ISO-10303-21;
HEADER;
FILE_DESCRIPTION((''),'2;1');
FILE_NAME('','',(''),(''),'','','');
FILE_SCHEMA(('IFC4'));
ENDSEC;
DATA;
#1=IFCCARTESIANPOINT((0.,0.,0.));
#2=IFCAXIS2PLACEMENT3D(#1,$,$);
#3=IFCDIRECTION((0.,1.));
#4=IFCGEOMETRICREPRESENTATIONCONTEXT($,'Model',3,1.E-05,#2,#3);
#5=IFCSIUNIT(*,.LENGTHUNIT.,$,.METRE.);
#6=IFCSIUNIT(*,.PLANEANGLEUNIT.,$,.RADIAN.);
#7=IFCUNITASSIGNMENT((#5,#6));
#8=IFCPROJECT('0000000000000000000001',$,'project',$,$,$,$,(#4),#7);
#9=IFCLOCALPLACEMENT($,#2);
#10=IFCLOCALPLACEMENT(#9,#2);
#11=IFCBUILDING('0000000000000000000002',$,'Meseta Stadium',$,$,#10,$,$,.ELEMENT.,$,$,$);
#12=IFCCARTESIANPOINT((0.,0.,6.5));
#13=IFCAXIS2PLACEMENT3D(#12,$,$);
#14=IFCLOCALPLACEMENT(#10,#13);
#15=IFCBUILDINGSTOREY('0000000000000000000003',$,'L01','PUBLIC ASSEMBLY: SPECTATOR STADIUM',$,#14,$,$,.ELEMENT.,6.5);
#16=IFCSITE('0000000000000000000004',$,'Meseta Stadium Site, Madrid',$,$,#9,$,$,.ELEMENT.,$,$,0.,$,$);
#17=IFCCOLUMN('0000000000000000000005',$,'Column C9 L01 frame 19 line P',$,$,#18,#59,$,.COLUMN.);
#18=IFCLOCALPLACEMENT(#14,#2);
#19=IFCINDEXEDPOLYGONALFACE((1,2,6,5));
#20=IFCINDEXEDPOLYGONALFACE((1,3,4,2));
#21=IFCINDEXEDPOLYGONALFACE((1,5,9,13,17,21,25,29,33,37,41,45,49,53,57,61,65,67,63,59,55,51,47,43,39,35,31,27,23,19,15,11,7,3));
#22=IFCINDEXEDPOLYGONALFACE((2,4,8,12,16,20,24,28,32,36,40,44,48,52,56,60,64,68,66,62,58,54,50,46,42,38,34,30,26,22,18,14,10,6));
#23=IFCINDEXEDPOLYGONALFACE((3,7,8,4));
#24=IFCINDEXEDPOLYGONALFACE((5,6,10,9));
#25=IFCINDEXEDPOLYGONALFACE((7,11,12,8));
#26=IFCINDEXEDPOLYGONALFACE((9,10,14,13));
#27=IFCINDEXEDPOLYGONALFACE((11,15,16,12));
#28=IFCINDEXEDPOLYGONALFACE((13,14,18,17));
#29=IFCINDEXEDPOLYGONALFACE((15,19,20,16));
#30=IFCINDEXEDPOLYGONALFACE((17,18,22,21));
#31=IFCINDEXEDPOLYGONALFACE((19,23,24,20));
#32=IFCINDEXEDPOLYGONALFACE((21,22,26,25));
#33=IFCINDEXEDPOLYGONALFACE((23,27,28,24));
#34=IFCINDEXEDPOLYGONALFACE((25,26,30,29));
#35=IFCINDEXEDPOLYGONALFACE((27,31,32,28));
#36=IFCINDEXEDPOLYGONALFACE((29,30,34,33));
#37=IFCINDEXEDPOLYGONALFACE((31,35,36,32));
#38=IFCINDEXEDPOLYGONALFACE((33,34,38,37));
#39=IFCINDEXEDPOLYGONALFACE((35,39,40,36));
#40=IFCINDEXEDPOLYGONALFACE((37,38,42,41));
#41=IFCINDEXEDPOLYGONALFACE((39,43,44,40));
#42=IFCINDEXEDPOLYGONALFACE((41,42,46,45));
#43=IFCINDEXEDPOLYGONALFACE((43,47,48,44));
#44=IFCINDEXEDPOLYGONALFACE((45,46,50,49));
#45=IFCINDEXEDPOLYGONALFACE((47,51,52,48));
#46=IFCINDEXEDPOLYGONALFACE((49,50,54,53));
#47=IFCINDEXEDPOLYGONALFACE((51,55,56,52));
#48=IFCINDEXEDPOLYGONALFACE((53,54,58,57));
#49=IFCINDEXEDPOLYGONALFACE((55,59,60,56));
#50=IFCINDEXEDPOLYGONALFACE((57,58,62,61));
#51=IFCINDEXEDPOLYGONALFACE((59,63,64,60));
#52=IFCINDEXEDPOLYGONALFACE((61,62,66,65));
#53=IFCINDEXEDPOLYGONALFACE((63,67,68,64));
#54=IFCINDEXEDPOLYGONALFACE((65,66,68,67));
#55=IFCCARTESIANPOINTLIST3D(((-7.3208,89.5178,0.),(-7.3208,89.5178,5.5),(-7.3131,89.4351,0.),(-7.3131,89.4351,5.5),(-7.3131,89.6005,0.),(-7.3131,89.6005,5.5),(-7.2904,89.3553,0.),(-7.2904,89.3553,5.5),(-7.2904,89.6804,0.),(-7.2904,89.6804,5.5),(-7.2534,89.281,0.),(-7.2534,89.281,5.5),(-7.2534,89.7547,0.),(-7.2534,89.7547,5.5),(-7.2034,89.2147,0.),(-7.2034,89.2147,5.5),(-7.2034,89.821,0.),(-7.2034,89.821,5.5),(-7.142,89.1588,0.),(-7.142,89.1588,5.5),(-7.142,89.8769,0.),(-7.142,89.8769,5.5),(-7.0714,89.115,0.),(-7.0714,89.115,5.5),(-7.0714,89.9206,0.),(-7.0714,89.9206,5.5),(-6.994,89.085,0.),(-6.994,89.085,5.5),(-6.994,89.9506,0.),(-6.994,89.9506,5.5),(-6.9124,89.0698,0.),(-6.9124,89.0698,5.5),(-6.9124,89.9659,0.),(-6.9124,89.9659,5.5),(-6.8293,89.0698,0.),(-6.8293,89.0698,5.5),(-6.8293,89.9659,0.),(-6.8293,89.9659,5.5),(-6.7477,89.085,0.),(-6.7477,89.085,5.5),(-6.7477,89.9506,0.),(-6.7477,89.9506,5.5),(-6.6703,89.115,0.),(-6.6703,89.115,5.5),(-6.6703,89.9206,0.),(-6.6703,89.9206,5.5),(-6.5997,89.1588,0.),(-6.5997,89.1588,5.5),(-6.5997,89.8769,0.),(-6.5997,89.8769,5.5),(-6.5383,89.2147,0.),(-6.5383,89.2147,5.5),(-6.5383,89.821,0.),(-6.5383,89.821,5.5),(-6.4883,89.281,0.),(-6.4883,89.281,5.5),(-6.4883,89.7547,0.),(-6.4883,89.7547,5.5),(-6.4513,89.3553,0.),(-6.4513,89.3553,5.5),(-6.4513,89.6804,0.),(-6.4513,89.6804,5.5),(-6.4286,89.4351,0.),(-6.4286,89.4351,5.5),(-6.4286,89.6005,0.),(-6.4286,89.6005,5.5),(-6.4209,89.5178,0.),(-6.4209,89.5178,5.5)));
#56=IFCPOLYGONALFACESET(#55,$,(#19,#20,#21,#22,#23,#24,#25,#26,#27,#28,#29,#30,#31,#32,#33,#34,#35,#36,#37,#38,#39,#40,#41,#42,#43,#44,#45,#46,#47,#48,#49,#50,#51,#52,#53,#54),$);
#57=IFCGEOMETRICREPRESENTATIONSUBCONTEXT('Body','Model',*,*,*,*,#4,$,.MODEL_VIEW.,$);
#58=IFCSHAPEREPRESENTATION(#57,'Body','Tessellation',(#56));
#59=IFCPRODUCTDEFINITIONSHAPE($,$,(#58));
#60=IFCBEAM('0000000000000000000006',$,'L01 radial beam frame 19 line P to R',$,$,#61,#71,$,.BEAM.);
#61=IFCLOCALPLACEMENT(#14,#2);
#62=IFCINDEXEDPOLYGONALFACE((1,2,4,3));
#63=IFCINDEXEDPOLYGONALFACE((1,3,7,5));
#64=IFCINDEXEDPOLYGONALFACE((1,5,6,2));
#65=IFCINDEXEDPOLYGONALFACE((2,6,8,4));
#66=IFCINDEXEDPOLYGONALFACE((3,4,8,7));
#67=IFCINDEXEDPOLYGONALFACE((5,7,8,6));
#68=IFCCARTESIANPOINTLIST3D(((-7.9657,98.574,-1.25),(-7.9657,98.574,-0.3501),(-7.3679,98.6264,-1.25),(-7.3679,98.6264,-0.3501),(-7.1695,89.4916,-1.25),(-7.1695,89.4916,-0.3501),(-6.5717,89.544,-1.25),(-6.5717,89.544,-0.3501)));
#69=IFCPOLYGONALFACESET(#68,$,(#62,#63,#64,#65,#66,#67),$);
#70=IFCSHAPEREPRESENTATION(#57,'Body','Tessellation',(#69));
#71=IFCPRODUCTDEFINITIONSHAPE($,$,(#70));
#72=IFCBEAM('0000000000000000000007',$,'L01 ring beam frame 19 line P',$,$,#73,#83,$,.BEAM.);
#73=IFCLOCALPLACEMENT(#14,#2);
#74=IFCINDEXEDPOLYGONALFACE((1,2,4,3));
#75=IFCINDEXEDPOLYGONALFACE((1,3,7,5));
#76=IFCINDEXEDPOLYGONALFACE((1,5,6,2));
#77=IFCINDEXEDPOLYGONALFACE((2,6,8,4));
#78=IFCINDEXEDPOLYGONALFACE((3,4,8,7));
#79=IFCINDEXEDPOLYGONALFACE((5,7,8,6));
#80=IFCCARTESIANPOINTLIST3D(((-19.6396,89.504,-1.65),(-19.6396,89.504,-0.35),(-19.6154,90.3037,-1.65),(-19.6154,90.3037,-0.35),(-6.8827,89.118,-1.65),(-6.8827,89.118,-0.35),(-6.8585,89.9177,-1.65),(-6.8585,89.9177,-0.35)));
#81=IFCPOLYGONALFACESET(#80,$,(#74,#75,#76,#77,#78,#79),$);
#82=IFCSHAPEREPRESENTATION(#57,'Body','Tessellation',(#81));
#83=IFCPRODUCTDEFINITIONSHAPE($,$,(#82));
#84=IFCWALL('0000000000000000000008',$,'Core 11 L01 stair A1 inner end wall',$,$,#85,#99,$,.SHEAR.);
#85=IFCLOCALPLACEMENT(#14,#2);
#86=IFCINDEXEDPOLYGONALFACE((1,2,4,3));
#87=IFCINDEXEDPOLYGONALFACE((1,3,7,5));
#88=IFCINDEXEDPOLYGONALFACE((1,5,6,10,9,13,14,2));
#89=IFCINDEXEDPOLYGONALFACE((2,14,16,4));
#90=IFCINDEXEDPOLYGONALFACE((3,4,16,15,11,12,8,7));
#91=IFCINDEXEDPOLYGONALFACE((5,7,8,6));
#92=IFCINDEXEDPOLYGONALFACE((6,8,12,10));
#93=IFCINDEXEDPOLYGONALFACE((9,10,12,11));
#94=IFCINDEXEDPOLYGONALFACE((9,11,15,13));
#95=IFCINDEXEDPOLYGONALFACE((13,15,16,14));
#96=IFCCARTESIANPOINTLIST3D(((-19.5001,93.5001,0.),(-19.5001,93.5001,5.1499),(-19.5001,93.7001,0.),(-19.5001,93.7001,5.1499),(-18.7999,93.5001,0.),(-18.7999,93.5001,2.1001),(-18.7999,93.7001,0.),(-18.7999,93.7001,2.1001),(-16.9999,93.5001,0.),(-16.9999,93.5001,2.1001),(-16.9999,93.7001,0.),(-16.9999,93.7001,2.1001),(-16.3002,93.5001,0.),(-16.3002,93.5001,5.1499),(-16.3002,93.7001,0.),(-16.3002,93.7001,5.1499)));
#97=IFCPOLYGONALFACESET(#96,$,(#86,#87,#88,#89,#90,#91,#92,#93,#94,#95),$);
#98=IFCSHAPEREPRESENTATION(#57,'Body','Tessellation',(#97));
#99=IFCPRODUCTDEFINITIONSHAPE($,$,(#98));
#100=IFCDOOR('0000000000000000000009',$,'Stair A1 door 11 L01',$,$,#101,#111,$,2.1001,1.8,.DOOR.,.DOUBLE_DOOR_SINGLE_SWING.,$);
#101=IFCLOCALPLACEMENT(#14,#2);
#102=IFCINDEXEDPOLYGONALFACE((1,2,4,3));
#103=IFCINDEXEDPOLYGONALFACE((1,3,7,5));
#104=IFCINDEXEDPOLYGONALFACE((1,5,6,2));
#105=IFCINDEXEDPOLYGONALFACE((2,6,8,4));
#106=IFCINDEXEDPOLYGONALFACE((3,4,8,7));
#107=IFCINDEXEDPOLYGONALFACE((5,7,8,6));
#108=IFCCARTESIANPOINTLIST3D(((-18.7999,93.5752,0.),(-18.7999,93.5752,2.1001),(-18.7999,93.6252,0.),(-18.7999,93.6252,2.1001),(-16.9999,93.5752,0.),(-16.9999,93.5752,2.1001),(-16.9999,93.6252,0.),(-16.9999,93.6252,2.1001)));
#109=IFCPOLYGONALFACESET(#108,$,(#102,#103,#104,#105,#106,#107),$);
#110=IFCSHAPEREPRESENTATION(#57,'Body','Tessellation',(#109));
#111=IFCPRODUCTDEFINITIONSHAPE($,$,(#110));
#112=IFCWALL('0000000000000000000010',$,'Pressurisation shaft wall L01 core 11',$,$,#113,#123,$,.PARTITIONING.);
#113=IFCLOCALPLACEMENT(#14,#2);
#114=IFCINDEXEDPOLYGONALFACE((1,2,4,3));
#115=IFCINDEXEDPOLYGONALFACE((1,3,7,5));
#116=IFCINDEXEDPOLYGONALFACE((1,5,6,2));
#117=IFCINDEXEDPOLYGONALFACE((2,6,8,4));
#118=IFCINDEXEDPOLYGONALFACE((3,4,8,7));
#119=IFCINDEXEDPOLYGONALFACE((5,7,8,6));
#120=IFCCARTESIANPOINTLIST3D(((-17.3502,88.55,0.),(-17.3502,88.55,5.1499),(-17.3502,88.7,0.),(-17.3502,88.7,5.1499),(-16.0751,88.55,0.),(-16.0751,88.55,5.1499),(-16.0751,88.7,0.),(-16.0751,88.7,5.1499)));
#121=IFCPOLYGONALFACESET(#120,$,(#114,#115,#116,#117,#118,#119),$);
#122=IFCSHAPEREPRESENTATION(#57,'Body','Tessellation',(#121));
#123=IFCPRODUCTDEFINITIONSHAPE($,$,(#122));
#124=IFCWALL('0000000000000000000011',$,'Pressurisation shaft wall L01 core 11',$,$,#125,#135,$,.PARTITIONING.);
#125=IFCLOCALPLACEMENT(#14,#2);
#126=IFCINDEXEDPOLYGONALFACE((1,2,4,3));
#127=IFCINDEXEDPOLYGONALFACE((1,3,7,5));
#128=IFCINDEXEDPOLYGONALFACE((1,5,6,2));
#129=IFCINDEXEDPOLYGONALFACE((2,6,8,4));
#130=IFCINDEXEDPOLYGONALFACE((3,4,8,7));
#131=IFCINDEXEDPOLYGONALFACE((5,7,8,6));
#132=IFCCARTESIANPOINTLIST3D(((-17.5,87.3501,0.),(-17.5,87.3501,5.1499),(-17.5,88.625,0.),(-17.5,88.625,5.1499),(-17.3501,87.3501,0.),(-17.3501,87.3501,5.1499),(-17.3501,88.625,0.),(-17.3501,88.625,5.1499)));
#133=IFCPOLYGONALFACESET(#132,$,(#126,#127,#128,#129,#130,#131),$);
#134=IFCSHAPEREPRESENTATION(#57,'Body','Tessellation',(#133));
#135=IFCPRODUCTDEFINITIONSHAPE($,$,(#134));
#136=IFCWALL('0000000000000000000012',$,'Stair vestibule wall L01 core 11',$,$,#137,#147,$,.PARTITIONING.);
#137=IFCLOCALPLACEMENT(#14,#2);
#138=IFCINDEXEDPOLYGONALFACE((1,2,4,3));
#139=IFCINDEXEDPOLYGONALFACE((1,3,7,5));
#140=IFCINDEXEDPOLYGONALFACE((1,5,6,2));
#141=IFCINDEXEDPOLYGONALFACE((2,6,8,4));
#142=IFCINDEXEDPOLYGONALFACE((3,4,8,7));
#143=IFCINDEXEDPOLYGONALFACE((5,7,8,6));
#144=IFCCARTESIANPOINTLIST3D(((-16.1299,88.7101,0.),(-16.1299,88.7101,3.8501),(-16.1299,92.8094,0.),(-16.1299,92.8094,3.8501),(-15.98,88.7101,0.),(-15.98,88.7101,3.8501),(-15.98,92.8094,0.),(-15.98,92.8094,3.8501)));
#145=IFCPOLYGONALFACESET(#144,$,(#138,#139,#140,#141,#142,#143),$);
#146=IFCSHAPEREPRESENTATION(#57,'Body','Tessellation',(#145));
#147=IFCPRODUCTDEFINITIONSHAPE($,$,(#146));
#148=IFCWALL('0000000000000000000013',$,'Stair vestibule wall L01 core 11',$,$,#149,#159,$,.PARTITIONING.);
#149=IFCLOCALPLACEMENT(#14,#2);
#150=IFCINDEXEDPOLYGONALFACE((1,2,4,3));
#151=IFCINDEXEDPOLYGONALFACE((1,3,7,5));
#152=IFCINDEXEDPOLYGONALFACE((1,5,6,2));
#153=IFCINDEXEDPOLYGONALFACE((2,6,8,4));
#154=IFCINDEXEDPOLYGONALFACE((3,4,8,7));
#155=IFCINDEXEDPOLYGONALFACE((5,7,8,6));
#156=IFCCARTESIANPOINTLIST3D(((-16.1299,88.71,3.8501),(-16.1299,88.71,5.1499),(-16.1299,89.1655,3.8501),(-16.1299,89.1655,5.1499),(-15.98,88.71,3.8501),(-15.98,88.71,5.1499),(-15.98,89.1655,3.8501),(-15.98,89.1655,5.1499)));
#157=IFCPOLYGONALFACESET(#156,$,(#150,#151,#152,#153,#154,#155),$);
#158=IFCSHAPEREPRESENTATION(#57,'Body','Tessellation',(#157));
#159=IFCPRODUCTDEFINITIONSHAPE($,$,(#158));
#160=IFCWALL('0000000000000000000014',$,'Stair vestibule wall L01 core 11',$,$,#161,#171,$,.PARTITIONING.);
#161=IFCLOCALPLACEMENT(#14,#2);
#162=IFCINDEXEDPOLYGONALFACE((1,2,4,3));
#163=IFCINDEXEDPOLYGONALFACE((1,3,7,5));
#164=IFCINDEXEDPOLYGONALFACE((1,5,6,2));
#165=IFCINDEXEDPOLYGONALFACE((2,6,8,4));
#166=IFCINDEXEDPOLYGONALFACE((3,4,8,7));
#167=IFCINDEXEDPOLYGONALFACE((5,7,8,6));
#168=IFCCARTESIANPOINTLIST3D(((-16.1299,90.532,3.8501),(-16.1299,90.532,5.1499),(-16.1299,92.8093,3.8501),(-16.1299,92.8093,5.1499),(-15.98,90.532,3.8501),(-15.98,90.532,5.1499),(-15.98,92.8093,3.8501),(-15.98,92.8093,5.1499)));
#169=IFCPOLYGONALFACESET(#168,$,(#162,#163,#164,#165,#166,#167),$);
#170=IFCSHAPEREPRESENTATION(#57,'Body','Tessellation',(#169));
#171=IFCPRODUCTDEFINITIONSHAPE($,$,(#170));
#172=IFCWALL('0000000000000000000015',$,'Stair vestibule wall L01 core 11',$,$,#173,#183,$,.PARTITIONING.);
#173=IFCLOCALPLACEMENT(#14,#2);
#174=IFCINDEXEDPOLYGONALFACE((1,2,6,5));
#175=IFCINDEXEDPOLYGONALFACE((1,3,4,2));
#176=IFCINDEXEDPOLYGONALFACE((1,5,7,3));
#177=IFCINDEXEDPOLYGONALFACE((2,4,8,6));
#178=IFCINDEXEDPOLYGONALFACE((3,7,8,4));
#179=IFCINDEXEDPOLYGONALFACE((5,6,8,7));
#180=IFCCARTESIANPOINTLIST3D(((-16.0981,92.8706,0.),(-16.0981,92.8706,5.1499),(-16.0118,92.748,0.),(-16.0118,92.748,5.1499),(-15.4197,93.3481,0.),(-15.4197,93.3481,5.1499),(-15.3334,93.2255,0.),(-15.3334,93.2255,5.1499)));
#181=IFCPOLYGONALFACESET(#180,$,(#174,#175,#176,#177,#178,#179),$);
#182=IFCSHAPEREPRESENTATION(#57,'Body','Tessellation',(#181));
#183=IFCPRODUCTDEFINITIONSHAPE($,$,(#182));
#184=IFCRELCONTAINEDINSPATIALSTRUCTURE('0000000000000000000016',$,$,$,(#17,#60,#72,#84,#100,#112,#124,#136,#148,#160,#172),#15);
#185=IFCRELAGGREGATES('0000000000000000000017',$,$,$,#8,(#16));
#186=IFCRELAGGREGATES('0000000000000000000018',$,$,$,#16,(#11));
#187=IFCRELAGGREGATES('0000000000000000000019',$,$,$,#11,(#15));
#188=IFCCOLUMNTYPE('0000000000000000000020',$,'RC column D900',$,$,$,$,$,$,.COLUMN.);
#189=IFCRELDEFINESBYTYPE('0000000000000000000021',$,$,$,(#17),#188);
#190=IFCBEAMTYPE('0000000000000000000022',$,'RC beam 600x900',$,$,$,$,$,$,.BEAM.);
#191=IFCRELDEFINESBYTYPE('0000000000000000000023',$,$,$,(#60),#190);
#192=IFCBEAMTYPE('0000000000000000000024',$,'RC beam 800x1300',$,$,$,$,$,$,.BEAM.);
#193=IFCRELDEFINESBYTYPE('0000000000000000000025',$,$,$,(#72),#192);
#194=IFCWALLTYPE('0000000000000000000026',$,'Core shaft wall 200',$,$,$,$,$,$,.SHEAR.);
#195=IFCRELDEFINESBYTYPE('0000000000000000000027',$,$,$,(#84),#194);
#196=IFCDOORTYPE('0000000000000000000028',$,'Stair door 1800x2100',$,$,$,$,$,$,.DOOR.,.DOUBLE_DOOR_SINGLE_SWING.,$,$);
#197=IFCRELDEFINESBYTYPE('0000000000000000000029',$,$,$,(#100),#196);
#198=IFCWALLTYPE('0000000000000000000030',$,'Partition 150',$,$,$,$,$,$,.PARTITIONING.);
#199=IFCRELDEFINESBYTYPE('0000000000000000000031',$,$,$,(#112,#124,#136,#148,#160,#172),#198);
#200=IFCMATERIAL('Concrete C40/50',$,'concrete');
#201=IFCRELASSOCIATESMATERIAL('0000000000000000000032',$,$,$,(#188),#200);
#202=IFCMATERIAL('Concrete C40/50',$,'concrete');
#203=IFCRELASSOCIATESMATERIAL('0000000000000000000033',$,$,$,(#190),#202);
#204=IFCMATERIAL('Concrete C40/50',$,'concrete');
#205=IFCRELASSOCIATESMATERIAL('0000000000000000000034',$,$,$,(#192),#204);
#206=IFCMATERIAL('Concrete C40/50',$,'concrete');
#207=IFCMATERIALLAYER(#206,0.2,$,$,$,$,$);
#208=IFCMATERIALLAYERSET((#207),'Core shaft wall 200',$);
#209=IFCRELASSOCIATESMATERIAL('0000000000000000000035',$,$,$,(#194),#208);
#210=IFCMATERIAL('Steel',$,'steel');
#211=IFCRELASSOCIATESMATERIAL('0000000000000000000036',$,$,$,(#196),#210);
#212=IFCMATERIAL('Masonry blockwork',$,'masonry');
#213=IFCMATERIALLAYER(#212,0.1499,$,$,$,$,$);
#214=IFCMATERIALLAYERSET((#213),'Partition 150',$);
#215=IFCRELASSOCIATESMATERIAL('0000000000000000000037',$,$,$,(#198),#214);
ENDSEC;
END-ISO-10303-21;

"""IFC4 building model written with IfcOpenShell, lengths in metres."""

from ifc_helpers import new_model, si_unit, direction, frame, frame_2d, origin, origin_2d, place, context, subcontext, project, spatial, rectangle, circle, extrude, material, layer, layer_set, material_profile, profile_set, type_object, element, fill, save


model = new_model("IFC4")

# Units and contexts
model_context = context("Model", 3, precision=1e-05, world=origin(), true_north=direction((0.0, 1.0)))
body_context = subcontext(model_context, "Body", "Model", "MODEL_VIEW")
ifc_project = project(units=[si_unit("LENGTHUNIT", "METRE"), si_unit("PLANEANGLEUNIT", "RADIAN")], contexts=[model_context])

# Site, building, storey
site_placement = place(None, origin())
site = spatial("IfcSite", under=ifc_project, at=site_placement, Name="Meseta Stadium Site, Madrid", CompositionType="ELEMENT", RefElevation=0.0)
building_placement = place(site_placement, origin())
building = spatial("IfcBuilding", under=site, at=building_placement, Name="Meseta Stadium", CompositionType="ELEMENT")
storey_placement = place(building_placement, frame((0.0, 0.0, 6.5)))
storey = spatial("IfcBuildingStorey", under=building, at=storey_placement, Name="L01", Description="PUBLIC ASSEMBLY: SPECTATOR STADIUM", CompositionType="ELEMENT", Elevation=6.5)

# Column
ifc_material_1 = material(Name="Concrete C40/50", Category="concrete")
ifc_material_profile_1 = material_profile(ifc_material_1, circle(Radius=0.45, at=origin_2d()), Name="RC D900")
ifc_profile_set_1 = profile_set([ifc_material_profile_1], Name="Concrete C40/50")
column_type = type_object("IfcColumnType", Name="RC column D900", PredefinedType="COLUMN", material=ifc_profile_set_1)
column_placement = place(storey_placement, frame((-6.8708, 89.5178, 0.0), z_axis=(0.0, 0.0, 1.0), x_axis=(1.0, 0.0, 0.0)))
element("IfcColumn", 1, at=column_placement, inside=storey, type_object=column_type, Name="Column C9 L01 frame 19 line P", PredefinedType="COLUMN", context=body_context, shape_type="SweptSolid", body=[
    extrude(circle(Radius=0.45, at=origin_2d()), origin(), (0.0, 0.0, 1.0), 5.5),
])

# Beams
ifc_material_2 = material(Name="Concrete C40/50", Category="concrete")
ifc_material_profile_2 = material_profile(ifc_material_2, rectangle(XDim=0.6001, YDim=0.8999, at=origin_2d()), Name="RC 600x900")
ifc_profile_set_2 = profile_set([ifc_material_profile_2], Name="Concrete C40/50")
beam_type_1 = type_object("IfcBeamType", Name="RC beam 600x900", PredefinedType="BEAM", material=ifc_profile_set_2)
beam_1_placement = place(storey_placement, frame((-6.8706, 89.5178, -0.8), z_axis=(-0.087324, 0.99618, 0.0), x_axis=(-0.99618, -0.087324, 0.0)))
element("IfcBeam", 2, at=beam_1_placement, inside=storey, type_object=beam_type_1, Name="L01 radial beam frame 19 line P to R", PredefinedType="BEAM", context=body_context, shape_type="SweptSolid", body=[
    extrude(rectangle(XDim=0.6001, YDim=0.8999, at=origin_2d()), origin(), (0.0, 0.0, 1.0), 9.1172),
])
ifc_material_3 = material(Name="Concrete C40/50", Category="concrete")
ifc_material_profile_3 = material_profile(ifc_material_3, rectangle(XDim=0.8, YDim=1.3, at=origin_2d()), Name="RC 800x1300")
ifc_profile_set_3 = profile_set([ifc_material_profile_3], Name="Concrete C40/50")
beam_type_2 = type_object("IfcBeamType", Name="RC beam 800x1300", PredefinedType="BEAM", material=ifc_profile_set_3)
beam_2_placement = place(storey_placement, frame((-6.8706, 89.5178, -1.0), z_axis=(-0.999543, 0.030243, 0.0), x_axis=(-0.030243, -0.999543, 0.0)))
element("IfcBeam", 3, at=beam_2_placement, inside=storey, type_object=beam_type_2, Name="L01 ring beam frame 19 line P", PredefinedType="BEAM", context=body_context, shape_type="SweptSolid", body=[
    extrude(rectangle(XDim=0.8, YDim=1.3, at=origin_2d()), origin(), (0.0, 0.0, 1.0), 12.7627),
])

# Wall, opening, door
ifc_material_4 = material(Name="Concrete C40/50", Category="concrete")
ifc_layer_1 = layer(ifc_material_4, 0.2)
ifc_layer_set_1 = layer_set([ifc_layer_1], Name="Core shaft wall 200")
wall_type_1 = type_object("IfcWallType", Name="Core shaft wall 200", PredefinedType="SHEAR", material=ifc_layer_set_1)
wall_1_placement = place(storey_placement, frame((-16.3, 93.6001, 0.0), z_axis=(0.0, 0.0, 1.0), x_axis=(-1.0, 0.0, 0.0)))
wall_1 = element("IfcWall", 4, at=wall_1_placement, inside=storey, type_object=wall_type_1, Name="Core 11 L01 stair A1 inner end wall", PredefinedType="SHEAR", context=body_context, shape_type="SweptSolid", body=[
    extrude(rectangle(XDim=3.2, YDim=0.2, at=frame_2d((1.6001, 0.0))), origin(), (0.0, 0.0, 1.0), 5.1499),
])
opening_placement = place(wall_1_placement, frame((0.7, 0.0, 0.0)))
opening = element("IfcOpeningElement", 5, at=opening_placement, cuts=wall_1, PredefinedType="OPENING", context=body_context, shape_type="SweptSolid", body=[
    extrude(rectangle(XDim=1.8, YDim=2.1001, at=frame_2d((0.8999, 1.05))), frame((0.0, 0.1099, 0.0), z_axis=(0.0, -1.0, 0.0), x_axis=(1.0, 0.0, 0.0)), (0.0, 0.0, 1.0), 0.22),
])
ifc_material_5 = material(Name="Steel", Category="steel")
door_type = type_object("IfcDoorType", Name="Stair door 1800x2100", OperationType="DOUBLE_DOOR_SINGLE_SWING", PredefinedType="DOOR", material=ifc_material_5)
door_placement = place(opening_placement, origin())
door = element("IfcDoor", 6, at=door_placement, inside=storey, type_object=door_type, Name="Stair A1 door 11 L01", OperationType="DOUBLE_DOOR_SINGLE_SWING", OverallHeight=2.1001, OverallWidth=1.8, PredefinedType="DOOR", context=body_context, shape_type="SweptSolid", body=[
    extrude(rectangle(XDim=1.8, YDim=2.1001, at=frame_2d((0.8999, 1.05))), frame((0.0, 0.0249, 0.0), z_axis=(0.0, -1.0, 0.0), x_axis=(1.0, 0.0, 0.0)), (0.0, 0.0, 1.0), 0.05),
])
fill(opening, door)

# Walls
ifc_material_6 = material(Name="Masonry blockwork", Category="masonry")
ifc_layer_2 = layer(ifc_material_6, 0.1499)
ifc_layer_set_2 = layer_set([ifc_layer_2], Name="Partition 150")
wall_type_2 = type_object("IfcWallType", Name="Partition 150", PredefinedType="PARTITIONING", material=ifc_layer_set_2)
wall_2_placement = place(storey_placement, frame((-16.075, 88.625, 0.0), z_axis=(0.0, 0.0, 1.0), x_axis=(-1.0, 0.0, 0.0)))
element("IfcWall", 7, at=wall_2_placement, inside=storey, type_object=wall_type_2, Name="Pressurisation shaft wall L01 core 11", PredefinedType="PARTITIONING", context=body_context, shape_type="SweptSolid", body=[
    extrude(rectangle(XDim=1.2751, YDim=0.1499, at=frame_2d((0.6377, 0.0))), origin(), (0.0, 0.0, 1.0), 5.1499),
])
wall_3_placement = place(storey_placement, frame((-17.425, 88.625, 0.0), z_axis=(0.0, 0.0, 1.0), x_axis=(0.0, -1.0, 0.0)))
element("IfcWall", 8, at=wall_3_placement, inside=storey, type_object=wall_type_2, Name="Pressurisation shaft wall L01 core 11", PredefinedType="PARTITIONING", context=body_context, shape_type="SweptSolid", body=[
    extrude(rectangle(XDim=1.2749, YDim=0.1499, at=frame_2d((0.6375, 0.0))), origin(), (0.0, 0.0, 1.0), 5.1499),
])
wall_4_placement = place(storey_placement, frame((-16.0549, 88.71, 0.0), z_axis=(0.0, 0.0, 1.0), x_axis=(0.0, 1.0, 0.0)))
element("IfcWall", 9, at=wall_4_placement, inside=storey, type_object=wall_type_2, Name="Stair vestibule wall L01 core 11", PredefinedType="PARTITIONING", context=body_context, shape_type="SweptSolid", body=[
    extrude(rectangle(XDim=4.0994, YDim=0.1499, at=frame_2d((2.0498, 0.0))), origin(), (0.0, 0.0, 1.0), 3.8501),
])
wall_5_placement = place(storey_placement, frame((-16.0549, 88.71, 3.8501), z_axis=(0.0, 0.0, 1.0), x_axis=(0.0, 1.0, 0.0)))
element("IfcWall", 10, at=wall_5_placement, inside=storey, type_object=wall_type_2, Name="Stair vestibule wall L01 core 11", PredefinedType="PARTITIONING", context=body_context, shape_type="SweptSolid", body=[
    extrude(rectangle(XDim=0.4556, YDim=0.1499, at=frame_2d((0.2278, 0.0))), origin(), (0.0, 0.0, 1.0), 1.2998),
])
wall_6_placement = place(storey_placement, frame((-16.0549, 90.532, 3.8501), z_axis=(0.0, 0.0, 1.0), x_axis=(0.0, 1.0, 0.0)))
element("IfcWall", 11, at=wall_6_placement, inside=storey, type_object=wall_type_2, Name="Stair vestibule wall L01 core 11", PredefinedType="PARTITIONING", context=body_context, shape_type="SweptSolid", body=[
    extrude(rectangle(XDim=2.2773, YDim=0.1499, at=frame_2d((1.1387, 0.0))), origin(), (0.0, 0.0, 1.0), 1.2998),
])
wall_7_placement = place(storey_placement, frame((-16.0549, 92.8093, 0.0), z_axis=(0.0, 0.0, 1.0), x_axis=(0.81775, 0.575574, 0.0)))
element("IfcWall", 12, at=wall_7_placement, inside=storey, type_object=wall_type_2, Name="Stair vestibule wall L01 core 11", PredefinedType="PARTITIONING", context=body_context, shape_type="SweptSolid", body=[
    extrude(rectangle(XDim=0.8296, YDim=0.1499, at=frame_2d((0.4148, 0.0))), origin(), (0.0, 0.0, 1.0), 5.1499),
])

save(model, "model.ifc")
